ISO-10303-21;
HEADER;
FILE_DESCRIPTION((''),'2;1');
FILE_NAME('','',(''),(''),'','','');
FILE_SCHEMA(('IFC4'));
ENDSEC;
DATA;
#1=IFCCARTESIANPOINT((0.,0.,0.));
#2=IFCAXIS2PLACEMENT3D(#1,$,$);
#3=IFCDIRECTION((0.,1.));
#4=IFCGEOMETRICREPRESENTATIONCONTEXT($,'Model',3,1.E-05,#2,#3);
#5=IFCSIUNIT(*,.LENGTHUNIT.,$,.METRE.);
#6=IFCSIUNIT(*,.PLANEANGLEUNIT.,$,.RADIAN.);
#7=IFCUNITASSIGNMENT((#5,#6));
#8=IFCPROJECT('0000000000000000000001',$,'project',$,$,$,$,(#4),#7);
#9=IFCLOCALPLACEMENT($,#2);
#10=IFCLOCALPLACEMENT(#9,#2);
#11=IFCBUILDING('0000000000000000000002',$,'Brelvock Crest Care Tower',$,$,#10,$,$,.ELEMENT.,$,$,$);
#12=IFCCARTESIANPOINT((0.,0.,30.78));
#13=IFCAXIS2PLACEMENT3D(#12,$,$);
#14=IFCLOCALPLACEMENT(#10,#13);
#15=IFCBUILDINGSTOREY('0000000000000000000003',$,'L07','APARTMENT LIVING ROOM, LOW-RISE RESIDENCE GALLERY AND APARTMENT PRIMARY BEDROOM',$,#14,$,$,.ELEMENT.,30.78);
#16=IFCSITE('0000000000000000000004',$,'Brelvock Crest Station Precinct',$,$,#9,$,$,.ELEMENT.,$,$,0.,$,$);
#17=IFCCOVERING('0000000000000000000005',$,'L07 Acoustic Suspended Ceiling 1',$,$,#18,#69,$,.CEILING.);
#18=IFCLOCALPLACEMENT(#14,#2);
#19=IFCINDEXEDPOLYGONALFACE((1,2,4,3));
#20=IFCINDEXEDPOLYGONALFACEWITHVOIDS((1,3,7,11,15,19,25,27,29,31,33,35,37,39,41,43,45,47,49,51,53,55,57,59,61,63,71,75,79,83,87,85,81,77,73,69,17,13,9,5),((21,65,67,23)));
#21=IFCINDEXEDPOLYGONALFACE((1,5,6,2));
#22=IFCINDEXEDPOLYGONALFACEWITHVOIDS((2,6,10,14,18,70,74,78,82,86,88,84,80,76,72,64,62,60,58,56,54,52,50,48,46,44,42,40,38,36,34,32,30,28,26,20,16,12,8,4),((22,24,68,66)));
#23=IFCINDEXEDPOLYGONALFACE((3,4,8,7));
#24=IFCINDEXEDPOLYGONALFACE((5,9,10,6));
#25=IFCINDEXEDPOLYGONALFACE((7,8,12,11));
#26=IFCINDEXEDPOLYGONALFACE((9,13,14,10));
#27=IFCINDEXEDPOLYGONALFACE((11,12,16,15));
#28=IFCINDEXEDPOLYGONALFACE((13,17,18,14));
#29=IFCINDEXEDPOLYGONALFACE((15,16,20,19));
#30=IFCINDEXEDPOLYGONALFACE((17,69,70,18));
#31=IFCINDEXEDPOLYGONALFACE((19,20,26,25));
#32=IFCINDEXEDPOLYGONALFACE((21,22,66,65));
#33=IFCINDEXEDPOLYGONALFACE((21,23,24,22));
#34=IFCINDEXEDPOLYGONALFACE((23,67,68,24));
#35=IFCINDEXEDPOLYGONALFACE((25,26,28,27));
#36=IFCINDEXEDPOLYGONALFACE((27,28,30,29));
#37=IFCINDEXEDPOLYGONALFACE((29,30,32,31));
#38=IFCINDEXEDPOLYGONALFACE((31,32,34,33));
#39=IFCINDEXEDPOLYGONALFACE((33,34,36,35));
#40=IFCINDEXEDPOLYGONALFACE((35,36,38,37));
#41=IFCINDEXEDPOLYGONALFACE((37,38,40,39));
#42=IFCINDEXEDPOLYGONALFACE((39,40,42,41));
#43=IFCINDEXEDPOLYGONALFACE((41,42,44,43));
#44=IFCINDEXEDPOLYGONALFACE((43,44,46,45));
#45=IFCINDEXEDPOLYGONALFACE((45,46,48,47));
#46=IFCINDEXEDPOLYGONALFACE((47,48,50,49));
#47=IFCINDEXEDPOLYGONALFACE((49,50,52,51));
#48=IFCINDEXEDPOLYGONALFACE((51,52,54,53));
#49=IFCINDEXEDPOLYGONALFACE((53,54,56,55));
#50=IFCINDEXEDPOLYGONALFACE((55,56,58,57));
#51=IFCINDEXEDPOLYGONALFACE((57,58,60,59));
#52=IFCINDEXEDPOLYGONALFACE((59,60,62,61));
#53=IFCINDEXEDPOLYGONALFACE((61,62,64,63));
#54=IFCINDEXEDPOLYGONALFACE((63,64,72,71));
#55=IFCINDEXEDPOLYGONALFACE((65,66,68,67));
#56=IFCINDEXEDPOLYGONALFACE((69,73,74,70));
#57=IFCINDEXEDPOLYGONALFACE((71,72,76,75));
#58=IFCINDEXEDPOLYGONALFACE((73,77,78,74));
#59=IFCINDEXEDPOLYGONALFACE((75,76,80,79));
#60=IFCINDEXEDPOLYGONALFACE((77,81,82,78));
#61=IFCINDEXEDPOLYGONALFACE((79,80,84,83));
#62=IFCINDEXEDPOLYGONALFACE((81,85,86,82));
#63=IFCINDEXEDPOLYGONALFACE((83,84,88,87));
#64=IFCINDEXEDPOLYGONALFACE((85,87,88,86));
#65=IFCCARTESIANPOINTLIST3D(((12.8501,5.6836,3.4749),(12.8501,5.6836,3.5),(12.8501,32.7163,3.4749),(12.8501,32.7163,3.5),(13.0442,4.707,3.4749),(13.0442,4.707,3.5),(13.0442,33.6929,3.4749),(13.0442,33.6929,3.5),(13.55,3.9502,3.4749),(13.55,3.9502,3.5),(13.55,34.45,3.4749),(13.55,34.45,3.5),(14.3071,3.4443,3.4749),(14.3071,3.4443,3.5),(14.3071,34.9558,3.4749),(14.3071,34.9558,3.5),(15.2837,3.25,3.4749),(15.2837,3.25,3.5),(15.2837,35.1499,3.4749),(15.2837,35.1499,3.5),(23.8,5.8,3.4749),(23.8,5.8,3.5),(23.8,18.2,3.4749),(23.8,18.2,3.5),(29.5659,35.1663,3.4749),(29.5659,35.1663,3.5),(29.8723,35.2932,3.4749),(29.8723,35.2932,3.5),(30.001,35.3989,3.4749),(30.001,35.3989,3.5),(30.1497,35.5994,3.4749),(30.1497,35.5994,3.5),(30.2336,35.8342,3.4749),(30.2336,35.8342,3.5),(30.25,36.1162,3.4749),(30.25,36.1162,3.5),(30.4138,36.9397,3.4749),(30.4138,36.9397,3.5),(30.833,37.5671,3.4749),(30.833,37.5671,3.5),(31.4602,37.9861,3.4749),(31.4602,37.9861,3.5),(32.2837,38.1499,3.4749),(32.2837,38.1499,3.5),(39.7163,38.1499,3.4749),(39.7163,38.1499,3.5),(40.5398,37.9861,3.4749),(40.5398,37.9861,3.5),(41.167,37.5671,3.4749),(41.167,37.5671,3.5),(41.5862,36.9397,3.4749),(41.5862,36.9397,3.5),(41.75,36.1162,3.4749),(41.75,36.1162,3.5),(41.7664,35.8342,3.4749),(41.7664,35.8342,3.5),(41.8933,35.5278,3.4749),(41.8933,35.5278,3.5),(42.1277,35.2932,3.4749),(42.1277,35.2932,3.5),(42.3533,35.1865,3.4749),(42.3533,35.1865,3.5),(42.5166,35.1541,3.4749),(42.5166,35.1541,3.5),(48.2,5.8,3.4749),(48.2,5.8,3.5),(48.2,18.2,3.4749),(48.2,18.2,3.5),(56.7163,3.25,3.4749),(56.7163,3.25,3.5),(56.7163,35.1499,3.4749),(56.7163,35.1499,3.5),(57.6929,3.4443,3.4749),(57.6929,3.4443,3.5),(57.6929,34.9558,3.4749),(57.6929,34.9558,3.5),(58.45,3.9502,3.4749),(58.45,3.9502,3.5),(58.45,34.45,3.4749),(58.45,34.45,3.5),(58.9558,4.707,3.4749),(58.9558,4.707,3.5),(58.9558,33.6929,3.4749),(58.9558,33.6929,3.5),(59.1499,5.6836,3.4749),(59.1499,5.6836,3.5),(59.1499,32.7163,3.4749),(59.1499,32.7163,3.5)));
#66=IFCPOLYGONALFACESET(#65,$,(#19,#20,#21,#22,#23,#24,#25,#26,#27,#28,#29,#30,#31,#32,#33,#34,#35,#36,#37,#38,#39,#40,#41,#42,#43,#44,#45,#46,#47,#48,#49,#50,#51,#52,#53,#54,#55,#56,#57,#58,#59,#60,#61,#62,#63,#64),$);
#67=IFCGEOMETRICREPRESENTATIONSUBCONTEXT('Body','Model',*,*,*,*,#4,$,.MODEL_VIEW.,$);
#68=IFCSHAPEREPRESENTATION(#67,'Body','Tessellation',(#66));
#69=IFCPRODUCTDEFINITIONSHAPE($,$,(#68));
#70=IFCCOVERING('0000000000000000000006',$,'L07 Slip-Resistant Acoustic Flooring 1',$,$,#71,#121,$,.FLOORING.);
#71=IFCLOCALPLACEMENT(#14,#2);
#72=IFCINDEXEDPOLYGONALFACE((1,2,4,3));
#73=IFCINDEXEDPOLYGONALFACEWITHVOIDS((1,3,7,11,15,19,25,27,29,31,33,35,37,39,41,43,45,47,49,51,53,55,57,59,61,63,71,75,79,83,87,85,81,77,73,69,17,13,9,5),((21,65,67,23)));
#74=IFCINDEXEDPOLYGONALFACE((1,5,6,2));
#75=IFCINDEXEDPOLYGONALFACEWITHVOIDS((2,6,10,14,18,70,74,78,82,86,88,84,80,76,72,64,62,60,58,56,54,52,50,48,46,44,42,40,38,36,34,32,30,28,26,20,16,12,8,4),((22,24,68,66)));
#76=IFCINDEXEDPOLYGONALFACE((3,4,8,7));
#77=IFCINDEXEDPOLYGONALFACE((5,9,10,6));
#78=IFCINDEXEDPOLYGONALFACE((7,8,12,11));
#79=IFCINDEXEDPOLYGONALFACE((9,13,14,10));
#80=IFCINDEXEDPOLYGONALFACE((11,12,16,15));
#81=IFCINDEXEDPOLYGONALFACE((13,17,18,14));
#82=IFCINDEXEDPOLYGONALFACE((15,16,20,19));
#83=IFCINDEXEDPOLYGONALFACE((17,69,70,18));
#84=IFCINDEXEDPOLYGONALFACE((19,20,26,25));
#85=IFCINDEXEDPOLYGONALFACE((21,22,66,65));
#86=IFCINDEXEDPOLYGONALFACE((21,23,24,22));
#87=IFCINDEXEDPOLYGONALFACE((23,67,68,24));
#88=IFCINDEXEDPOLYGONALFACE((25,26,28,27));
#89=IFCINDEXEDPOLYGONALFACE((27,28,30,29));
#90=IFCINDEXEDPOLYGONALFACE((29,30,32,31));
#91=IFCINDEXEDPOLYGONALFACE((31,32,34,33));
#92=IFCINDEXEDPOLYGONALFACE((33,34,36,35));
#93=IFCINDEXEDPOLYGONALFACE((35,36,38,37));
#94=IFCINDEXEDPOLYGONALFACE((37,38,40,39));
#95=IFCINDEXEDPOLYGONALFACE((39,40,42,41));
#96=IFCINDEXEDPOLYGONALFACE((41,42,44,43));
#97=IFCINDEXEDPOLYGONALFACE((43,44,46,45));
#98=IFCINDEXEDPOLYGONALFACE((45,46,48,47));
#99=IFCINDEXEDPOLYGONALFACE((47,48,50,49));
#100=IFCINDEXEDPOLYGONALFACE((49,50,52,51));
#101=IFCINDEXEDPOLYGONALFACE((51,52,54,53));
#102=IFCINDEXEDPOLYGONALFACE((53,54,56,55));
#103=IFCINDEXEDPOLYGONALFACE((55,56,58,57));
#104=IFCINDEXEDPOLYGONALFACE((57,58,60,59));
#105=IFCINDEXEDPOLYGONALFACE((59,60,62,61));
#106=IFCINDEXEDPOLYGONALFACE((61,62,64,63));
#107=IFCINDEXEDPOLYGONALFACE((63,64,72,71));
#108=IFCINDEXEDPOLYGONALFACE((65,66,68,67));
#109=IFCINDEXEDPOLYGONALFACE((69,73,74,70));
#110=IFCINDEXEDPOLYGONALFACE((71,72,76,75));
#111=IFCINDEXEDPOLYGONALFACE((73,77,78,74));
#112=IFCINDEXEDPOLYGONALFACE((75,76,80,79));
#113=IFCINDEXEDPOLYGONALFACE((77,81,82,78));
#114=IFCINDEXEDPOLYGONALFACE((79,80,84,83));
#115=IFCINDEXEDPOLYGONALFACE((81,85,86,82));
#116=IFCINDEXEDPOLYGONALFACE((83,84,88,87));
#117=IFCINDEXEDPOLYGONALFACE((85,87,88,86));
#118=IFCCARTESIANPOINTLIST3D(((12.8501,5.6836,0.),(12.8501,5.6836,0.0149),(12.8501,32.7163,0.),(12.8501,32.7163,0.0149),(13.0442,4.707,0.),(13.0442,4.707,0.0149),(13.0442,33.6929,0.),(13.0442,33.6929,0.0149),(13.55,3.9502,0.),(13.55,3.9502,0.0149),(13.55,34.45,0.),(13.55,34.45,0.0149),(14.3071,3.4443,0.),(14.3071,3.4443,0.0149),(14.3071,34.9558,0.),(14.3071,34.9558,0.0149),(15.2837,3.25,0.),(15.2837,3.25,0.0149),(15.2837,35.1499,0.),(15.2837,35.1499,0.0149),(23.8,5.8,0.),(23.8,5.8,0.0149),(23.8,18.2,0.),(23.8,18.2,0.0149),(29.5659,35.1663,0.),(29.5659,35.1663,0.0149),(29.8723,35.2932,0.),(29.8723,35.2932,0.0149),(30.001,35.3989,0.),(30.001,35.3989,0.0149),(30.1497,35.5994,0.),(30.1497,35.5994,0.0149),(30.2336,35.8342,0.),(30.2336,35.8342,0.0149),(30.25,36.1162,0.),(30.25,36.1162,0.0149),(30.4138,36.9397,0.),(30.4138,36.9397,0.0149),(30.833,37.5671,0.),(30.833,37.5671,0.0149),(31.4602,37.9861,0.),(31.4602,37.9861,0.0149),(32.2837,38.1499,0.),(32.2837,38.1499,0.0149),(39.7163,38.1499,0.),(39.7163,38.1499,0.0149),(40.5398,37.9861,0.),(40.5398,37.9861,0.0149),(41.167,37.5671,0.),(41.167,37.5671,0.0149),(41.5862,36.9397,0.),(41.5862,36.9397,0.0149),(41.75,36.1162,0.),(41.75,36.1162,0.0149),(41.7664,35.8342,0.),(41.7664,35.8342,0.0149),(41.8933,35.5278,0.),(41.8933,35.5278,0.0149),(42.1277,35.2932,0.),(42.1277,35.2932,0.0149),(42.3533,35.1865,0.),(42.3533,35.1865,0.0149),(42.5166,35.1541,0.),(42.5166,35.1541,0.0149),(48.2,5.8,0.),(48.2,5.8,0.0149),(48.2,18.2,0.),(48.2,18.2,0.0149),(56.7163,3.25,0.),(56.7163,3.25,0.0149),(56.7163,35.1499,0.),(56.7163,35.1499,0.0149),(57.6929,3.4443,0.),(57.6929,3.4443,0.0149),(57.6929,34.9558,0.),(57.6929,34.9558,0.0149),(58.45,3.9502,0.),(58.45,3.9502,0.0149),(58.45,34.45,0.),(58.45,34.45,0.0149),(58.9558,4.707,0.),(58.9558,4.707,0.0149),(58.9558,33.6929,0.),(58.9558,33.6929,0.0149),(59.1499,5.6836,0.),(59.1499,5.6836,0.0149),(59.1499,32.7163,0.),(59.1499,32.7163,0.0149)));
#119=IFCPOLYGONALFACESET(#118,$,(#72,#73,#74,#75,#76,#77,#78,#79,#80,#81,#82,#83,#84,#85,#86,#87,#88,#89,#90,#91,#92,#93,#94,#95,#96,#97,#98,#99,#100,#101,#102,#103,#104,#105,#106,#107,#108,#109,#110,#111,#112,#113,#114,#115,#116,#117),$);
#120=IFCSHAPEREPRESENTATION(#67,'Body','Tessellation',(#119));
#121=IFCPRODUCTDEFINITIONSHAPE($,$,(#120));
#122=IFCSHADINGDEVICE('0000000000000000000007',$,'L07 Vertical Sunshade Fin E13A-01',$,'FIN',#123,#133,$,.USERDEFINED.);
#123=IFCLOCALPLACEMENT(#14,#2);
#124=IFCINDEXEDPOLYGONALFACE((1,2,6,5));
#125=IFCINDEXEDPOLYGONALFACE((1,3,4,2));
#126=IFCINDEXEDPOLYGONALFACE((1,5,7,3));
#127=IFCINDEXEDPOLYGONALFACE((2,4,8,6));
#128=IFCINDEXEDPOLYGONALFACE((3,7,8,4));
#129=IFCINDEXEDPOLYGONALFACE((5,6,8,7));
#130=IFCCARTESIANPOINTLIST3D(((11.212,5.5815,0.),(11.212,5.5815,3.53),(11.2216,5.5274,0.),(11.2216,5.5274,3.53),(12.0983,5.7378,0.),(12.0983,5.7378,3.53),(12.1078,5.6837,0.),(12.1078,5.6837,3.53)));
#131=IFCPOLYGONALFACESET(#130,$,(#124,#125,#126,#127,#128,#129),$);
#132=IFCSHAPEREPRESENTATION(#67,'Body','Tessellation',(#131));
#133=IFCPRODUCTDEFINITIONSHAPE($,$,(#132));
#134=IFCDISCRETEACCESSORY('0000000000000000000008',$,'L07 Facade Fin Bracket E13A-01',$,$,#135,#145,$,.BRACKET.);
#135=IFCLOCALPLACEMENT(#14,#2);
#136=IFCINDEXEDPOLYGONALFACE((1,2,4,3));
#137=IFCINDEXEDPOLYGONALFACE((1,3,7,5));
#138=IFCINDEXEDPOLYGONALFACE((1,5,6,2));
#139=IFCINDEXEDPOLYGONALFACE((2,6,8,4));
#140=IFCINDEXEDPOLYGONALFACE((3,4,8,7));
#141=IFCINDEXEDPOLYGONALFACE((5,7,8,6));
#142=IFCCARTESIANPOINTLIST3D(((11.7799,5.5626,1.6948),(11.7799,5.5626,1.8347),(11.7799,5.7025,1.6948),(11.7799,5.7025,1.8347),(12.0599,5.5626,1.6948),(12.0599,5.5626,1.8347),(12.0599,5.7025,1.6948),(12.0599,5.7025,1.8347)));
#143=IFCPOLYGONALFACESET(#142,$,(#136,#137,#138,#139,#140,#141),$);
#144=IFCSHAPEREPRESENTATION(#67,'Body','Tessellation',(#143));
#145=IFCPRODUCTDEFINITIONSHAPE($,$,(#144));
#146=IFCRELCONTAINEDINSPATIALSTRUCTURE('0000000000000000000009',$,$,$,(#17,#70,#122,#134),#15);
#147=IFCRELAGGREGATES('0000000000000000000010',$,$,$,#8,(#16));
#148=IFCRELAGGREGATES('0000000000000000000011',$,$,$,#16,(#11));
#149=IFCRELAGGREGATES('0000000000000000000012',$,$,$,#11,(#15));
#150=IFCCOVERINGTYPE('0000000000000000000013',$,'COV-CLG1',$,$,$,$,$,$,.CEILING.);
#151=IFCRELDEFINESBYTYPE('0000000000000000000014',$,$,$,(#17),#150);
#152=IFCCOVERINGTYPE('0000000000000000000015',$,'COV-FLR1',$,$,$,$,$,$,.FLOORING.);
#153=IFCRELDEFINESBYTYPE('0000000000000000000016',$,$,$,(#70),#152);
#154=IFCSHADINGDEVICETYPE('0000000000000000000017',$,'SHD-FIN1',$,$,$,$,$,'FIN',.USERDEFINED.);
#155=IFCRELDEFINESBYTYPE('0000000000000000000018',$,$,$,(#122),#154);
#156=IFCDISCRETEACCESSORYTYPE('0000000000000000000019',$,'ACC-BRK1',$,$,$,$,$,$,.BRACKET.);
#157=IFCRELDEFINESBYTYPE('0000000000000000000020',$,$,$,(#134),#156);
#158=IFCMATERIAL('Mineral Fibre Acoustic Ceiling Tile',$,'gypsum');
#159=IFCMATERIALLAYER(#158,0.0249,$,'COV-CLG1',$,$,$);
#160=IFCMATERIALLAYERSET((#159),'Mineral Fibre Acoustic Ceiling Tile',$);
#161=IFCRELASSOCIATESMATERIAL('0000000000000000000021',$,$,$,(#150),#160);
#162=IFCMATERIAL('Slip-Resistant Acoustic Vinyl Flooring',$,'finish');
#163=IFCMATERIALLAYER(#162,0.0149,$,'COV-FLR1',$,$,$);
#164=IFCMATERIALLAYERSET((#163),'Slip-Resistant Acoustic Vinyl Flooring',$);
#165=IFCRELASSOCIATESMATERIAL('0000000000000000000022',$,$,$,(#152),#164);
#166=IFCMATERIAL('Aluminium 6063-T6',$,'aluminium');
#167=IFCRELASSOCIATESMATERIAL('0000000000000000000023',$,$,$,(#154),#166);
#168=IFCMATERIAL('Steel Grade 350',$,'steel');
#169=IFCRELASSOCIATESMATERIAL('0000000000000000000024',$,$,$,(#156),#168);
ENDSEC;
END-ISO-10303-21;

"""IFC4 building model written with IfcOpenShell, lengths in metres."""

from ifc_helpers import new_model, si_unit, direction, frame, origin, origin_2d, place, context, subcontext, project, spatial, polyline, rectangle, outline, extrude, source, transform, mapped, material, layer, layer_set, material_profile, profile_set, type_object, element, save


model = new_model("IFC4")

# Units and contexts
model_context = context("Model", 3, precision=1e-05, world=origin(), true_north=direction((0.0, 1.0)))
body_context = subcontext(model_context, "Body", "Model", "MODEL_VIEW")
ifc_project = project(units=[si_unit("LENGTHUNIT", "METRE"), si_unit("PLANEANGLEUNIT", "RADIAN")], contexts=[model_context])

# Site, building, storey
site_placement = place(None, origin())
site = spatial("IfcSite", under=ifc_project, at=site_placement, Name="Brelvock Crest Station Precinct", CompositionType="ELEMENT", RefElevation=0.0)
building_placement = place(site_placement, origin())
building = spatial("IfcBuilding", under=site, at=building_placement, Name="Brelvock Crest Care Tower", CompositionType="ELEMENT")
storey_placement = place(building_placement, frame((0.0, 0.0, 30.78)))
storey = spatial("IfcBuildingStorey", under=building, at=storey_placement, Name="L07", Description="APARTMENT LIVING ROOM, LOW-RISE RESIDENCE GALLERY AND APARTMENT PRIMARY BEDROOM", CompositionType="ELEMENT", Elevation=30.78)

# Shared definitions
ifc_material_1 = material(Name="Aluminium 6063-T6", Category="aluminium")

# Coverings
ifc_material_2 = material(Name="Mineral Fibre Acoustic Ceiling Tile", Category="gypsum")
ifc_layer_1 = layer(ifc_material_2, 0.0249, Name="COV-CLG1")
ifc_layer_set_1 = layer_set([ifc_layer_1], Name="Mineral Fibre Acoustic Ceiling Tile")
covering_type_1 = type_object("IfcCoveringType", Name="COV-CLG1", PredefinedType="CEILING", material=ifc_layer_set_1)
covering_1_placement = place(storey_placement, frame((0.0, 0.0, 3.4749)))
element("IfcCovering", 1, at=covering_1_placement, inside=storey, type_object=covering_type_1, Name="L07 Acoustic Suspended Ceiling 1", PredefinedType="CEILING", context=body_context, shape_type="SweptSolid", body=[
    extrude(outline(polyline([(56.7163, 35.1499), (42.5166, 35.1541), (42.3533, 35.1865), (42.1277, 35.2932), (41.8933, 35.5278), (41.7664, 35.8342), (41.75, 36.1162), (41.5862, 36.9397), (41.167, 37.5671), (40.5398, 37.9861), (39.7163, 38.1499), (32.2837, 38.1499), (31.4602, 37.9861), (30.833, 37.5671), (30.4138, 36.9397), (30.25, 36.1162), (30.2336, 35.8342), (30.1497, 35.5994), (30.001, 35.3989), (29.8723, 35.2932), (29.5659, 35.1663), (15.2837, 35.1499), (14.3071, 34.9558), (13.55, 34.45), (13.0442, 33.6929), (12.8501, 32.7163), (12.8501, 5.6836), (13.0442, 4.707), (13.55, 3.9502), (14.3071, 3.4443), (15.2837, 3.25), (56.7163, 3.25), (57.6929, 3.4443), (58.45, 3.9502), (58.9558, 4.707), (59.1499, 5.6836), (59.1499, 32.7163), (58.9558, 33.6929), (58.45, 34.45), (57.6929, 34.9558), (56.7163, 35.1499)]), holes=[polyline([(48.2, 5.8), (48.2, 18.2), (23.8, 18.2), (23.8, 5.8), (48.2, 5.8)])]), origin(), (0.0, 0.0, 1.0), 0.0251),
])
ifc_material_3 = material(Name="Slip-Resistant Acoustic Vinyl Flooring", Category="finish")
ifc_layer_2 = layer(ifc_material_3, 0.0149, Name="COV-FLR1")
ifc_layer_set_2 = layer_set([ifc_layer_2], Name="Slip-Resistant Acoustic Vinyl Flooring")
covering_type_2 = type_object("IfcCoveringType", Name="COV-FLR1", PredefinedType="FLOORING", material=ifc_layer_set_2)
covering_2_placement = place(storey_placement, origin())
element("IfcCovering", 2, at=covering_2_placement, inside=storey, type_object=covering_type_2, Name="L07 Slip-Resistant Acoustic Flooring 1", PredefinedType="FLOORING", context=body_context, shape_type="SweptSolid", body=[
    extrude(outline(polyline([(56.7163, 35.1499), (42.5166, 35.1541), (42.3533, 35.1865), (42.1277, 35.2932), (41.8933, 35.5278), (41.7664, 35.8342), (41.75, 36.1162), (41.5862, 36.9397), (41.167, 37.5671), (40.5398, 37.9861), (39.7163, 38.1499), (32.2837, 38.1499), (31.4602, 37.9861), (30.833, 37.5671), (30.4138, 36.9397), (30.25, 36.1162), (30.2336, 35.8342), (30.1497, 35.5994), (30.001, 35.3989), (29.8723, 35.2932), (29.5659, 35.1663), (15.2837, 35.1499), (14.3071, 34.9558), (13.55, 34.45), (13.0442, 33.6929), (12.8501, 32.7163), (12.8501, 5.6836), (13.0442, 4.707), (13.55, 3.9502), (14.3071, 3.4443), (15.2837, 3.25), (56.7163, 3.25), (57.6929, 3.4443), (58.45, 3.9502), (58.9558, 4.707), (59.1499, 5.6836), (59.1499, 32.7163), (58.9558, 33.6929), (58.45, 34.45), (57.6929, 34.9558), (56.7163, 35.1499)]), holes=[polyline([(48.2, 5.8), (48.2, 18.2), (23.8, 18.2), (23.8, 5.8), (48.2, 5.8)])]), origin(), (0.0, 0.0, 1.0), 0.0149),
])

# Shading device
ifc_material_profile_1 = material_profile(ifc_material_1, rectangle(XDim=0.0549, YDim=0.8999, at=origin_2d()), Name="FIN55x900")
ifc_profile_set_1 = profile_set([ifc_material_profile_1], Name="Aluminium 6063-T6")
shading_device_type = type_object("IfcShadingDeviceType", Name="SHD-FIN1", ElementType="FIN", PredefinedType="USERDEFINED", material=ifc_profile_set_1)
shared_shape_1 = source(origin(), body_context, "Body", "SweptSolid", [
    extrude(rectangle(XDim=0.0549, YDim=0.8999, at=origin_2d()), origin(), (0.0, 0.0, 1.0), 3.53),
])
shading_device_placement = place(storey_placement, frame((11.6599, 5.6326, 0.0), z_axis=(0.0, 0.0, 1.0), x_axis=(-0.173648, 0.984808, 0.0)))
element("IfcShadingDevice", 3, at=shading_device_placement, inside=storey, type_object=shading_device_type, Name="L07 Vertical Sunshade Fin E13A-01", ObjectType="FIN", PredefinedType="USERDEFINED", context=body_context, shape_type="MappedRepresentation", body=[
    mapped(shared_shape_1, transform((0.0, 0.0, 0.0), x_axis=(1.0, 0.0, 0.0), y_axis=(0.0, 1.0, 0.0), z_axis=(0.0, 0.0, 1.0), scale=1.0)),
])

# Discrete accessory
ifc_material_4 = material(Name="Steel Grade 350", Category="steel")
discrete_accessory_type = type_object("IfcDiscreteAccessoryType", Name="ACC-BRK1", PredefinedType="BRACKET", material=ifc_material_4)
shared_shape_2 = source(origin(), body_context, "Body", "SweptSolid", [
    extrude(rectangle(XDim=0.28, YDim=0.1399, at=origin_2d()), origin(), (0.0, 0.0, 1.0), 0.1399),
])
discrete_accessory_placement = place(storey_placement, frame((11.9199, 5.6326, 1.6948), z_axis=(0.0, 0.0, 1.0), x_axis=(-1.0, 0.0, 0.0)))
element("IfcDiscreteAccessory", 4, at=discrete_accessory_placement, inside=storey, type_object=discrete_accessory_type, Name="L07 Facade Fin Bracket E13A-01", PredefinedType="BRACKET", context=body_context, shape_type="MappedRepresentation", body=[
    mapped(shared_shape_2, transform((0.0, 0.0, 0.0), x_axis=(1.0, 0.0, 0.0), y_axis=(0.0, 1.0, 0.0), z_axis=(0.0, 0.0, 1.0), scale=1.0)),
])

save(model, "model.ifc")
